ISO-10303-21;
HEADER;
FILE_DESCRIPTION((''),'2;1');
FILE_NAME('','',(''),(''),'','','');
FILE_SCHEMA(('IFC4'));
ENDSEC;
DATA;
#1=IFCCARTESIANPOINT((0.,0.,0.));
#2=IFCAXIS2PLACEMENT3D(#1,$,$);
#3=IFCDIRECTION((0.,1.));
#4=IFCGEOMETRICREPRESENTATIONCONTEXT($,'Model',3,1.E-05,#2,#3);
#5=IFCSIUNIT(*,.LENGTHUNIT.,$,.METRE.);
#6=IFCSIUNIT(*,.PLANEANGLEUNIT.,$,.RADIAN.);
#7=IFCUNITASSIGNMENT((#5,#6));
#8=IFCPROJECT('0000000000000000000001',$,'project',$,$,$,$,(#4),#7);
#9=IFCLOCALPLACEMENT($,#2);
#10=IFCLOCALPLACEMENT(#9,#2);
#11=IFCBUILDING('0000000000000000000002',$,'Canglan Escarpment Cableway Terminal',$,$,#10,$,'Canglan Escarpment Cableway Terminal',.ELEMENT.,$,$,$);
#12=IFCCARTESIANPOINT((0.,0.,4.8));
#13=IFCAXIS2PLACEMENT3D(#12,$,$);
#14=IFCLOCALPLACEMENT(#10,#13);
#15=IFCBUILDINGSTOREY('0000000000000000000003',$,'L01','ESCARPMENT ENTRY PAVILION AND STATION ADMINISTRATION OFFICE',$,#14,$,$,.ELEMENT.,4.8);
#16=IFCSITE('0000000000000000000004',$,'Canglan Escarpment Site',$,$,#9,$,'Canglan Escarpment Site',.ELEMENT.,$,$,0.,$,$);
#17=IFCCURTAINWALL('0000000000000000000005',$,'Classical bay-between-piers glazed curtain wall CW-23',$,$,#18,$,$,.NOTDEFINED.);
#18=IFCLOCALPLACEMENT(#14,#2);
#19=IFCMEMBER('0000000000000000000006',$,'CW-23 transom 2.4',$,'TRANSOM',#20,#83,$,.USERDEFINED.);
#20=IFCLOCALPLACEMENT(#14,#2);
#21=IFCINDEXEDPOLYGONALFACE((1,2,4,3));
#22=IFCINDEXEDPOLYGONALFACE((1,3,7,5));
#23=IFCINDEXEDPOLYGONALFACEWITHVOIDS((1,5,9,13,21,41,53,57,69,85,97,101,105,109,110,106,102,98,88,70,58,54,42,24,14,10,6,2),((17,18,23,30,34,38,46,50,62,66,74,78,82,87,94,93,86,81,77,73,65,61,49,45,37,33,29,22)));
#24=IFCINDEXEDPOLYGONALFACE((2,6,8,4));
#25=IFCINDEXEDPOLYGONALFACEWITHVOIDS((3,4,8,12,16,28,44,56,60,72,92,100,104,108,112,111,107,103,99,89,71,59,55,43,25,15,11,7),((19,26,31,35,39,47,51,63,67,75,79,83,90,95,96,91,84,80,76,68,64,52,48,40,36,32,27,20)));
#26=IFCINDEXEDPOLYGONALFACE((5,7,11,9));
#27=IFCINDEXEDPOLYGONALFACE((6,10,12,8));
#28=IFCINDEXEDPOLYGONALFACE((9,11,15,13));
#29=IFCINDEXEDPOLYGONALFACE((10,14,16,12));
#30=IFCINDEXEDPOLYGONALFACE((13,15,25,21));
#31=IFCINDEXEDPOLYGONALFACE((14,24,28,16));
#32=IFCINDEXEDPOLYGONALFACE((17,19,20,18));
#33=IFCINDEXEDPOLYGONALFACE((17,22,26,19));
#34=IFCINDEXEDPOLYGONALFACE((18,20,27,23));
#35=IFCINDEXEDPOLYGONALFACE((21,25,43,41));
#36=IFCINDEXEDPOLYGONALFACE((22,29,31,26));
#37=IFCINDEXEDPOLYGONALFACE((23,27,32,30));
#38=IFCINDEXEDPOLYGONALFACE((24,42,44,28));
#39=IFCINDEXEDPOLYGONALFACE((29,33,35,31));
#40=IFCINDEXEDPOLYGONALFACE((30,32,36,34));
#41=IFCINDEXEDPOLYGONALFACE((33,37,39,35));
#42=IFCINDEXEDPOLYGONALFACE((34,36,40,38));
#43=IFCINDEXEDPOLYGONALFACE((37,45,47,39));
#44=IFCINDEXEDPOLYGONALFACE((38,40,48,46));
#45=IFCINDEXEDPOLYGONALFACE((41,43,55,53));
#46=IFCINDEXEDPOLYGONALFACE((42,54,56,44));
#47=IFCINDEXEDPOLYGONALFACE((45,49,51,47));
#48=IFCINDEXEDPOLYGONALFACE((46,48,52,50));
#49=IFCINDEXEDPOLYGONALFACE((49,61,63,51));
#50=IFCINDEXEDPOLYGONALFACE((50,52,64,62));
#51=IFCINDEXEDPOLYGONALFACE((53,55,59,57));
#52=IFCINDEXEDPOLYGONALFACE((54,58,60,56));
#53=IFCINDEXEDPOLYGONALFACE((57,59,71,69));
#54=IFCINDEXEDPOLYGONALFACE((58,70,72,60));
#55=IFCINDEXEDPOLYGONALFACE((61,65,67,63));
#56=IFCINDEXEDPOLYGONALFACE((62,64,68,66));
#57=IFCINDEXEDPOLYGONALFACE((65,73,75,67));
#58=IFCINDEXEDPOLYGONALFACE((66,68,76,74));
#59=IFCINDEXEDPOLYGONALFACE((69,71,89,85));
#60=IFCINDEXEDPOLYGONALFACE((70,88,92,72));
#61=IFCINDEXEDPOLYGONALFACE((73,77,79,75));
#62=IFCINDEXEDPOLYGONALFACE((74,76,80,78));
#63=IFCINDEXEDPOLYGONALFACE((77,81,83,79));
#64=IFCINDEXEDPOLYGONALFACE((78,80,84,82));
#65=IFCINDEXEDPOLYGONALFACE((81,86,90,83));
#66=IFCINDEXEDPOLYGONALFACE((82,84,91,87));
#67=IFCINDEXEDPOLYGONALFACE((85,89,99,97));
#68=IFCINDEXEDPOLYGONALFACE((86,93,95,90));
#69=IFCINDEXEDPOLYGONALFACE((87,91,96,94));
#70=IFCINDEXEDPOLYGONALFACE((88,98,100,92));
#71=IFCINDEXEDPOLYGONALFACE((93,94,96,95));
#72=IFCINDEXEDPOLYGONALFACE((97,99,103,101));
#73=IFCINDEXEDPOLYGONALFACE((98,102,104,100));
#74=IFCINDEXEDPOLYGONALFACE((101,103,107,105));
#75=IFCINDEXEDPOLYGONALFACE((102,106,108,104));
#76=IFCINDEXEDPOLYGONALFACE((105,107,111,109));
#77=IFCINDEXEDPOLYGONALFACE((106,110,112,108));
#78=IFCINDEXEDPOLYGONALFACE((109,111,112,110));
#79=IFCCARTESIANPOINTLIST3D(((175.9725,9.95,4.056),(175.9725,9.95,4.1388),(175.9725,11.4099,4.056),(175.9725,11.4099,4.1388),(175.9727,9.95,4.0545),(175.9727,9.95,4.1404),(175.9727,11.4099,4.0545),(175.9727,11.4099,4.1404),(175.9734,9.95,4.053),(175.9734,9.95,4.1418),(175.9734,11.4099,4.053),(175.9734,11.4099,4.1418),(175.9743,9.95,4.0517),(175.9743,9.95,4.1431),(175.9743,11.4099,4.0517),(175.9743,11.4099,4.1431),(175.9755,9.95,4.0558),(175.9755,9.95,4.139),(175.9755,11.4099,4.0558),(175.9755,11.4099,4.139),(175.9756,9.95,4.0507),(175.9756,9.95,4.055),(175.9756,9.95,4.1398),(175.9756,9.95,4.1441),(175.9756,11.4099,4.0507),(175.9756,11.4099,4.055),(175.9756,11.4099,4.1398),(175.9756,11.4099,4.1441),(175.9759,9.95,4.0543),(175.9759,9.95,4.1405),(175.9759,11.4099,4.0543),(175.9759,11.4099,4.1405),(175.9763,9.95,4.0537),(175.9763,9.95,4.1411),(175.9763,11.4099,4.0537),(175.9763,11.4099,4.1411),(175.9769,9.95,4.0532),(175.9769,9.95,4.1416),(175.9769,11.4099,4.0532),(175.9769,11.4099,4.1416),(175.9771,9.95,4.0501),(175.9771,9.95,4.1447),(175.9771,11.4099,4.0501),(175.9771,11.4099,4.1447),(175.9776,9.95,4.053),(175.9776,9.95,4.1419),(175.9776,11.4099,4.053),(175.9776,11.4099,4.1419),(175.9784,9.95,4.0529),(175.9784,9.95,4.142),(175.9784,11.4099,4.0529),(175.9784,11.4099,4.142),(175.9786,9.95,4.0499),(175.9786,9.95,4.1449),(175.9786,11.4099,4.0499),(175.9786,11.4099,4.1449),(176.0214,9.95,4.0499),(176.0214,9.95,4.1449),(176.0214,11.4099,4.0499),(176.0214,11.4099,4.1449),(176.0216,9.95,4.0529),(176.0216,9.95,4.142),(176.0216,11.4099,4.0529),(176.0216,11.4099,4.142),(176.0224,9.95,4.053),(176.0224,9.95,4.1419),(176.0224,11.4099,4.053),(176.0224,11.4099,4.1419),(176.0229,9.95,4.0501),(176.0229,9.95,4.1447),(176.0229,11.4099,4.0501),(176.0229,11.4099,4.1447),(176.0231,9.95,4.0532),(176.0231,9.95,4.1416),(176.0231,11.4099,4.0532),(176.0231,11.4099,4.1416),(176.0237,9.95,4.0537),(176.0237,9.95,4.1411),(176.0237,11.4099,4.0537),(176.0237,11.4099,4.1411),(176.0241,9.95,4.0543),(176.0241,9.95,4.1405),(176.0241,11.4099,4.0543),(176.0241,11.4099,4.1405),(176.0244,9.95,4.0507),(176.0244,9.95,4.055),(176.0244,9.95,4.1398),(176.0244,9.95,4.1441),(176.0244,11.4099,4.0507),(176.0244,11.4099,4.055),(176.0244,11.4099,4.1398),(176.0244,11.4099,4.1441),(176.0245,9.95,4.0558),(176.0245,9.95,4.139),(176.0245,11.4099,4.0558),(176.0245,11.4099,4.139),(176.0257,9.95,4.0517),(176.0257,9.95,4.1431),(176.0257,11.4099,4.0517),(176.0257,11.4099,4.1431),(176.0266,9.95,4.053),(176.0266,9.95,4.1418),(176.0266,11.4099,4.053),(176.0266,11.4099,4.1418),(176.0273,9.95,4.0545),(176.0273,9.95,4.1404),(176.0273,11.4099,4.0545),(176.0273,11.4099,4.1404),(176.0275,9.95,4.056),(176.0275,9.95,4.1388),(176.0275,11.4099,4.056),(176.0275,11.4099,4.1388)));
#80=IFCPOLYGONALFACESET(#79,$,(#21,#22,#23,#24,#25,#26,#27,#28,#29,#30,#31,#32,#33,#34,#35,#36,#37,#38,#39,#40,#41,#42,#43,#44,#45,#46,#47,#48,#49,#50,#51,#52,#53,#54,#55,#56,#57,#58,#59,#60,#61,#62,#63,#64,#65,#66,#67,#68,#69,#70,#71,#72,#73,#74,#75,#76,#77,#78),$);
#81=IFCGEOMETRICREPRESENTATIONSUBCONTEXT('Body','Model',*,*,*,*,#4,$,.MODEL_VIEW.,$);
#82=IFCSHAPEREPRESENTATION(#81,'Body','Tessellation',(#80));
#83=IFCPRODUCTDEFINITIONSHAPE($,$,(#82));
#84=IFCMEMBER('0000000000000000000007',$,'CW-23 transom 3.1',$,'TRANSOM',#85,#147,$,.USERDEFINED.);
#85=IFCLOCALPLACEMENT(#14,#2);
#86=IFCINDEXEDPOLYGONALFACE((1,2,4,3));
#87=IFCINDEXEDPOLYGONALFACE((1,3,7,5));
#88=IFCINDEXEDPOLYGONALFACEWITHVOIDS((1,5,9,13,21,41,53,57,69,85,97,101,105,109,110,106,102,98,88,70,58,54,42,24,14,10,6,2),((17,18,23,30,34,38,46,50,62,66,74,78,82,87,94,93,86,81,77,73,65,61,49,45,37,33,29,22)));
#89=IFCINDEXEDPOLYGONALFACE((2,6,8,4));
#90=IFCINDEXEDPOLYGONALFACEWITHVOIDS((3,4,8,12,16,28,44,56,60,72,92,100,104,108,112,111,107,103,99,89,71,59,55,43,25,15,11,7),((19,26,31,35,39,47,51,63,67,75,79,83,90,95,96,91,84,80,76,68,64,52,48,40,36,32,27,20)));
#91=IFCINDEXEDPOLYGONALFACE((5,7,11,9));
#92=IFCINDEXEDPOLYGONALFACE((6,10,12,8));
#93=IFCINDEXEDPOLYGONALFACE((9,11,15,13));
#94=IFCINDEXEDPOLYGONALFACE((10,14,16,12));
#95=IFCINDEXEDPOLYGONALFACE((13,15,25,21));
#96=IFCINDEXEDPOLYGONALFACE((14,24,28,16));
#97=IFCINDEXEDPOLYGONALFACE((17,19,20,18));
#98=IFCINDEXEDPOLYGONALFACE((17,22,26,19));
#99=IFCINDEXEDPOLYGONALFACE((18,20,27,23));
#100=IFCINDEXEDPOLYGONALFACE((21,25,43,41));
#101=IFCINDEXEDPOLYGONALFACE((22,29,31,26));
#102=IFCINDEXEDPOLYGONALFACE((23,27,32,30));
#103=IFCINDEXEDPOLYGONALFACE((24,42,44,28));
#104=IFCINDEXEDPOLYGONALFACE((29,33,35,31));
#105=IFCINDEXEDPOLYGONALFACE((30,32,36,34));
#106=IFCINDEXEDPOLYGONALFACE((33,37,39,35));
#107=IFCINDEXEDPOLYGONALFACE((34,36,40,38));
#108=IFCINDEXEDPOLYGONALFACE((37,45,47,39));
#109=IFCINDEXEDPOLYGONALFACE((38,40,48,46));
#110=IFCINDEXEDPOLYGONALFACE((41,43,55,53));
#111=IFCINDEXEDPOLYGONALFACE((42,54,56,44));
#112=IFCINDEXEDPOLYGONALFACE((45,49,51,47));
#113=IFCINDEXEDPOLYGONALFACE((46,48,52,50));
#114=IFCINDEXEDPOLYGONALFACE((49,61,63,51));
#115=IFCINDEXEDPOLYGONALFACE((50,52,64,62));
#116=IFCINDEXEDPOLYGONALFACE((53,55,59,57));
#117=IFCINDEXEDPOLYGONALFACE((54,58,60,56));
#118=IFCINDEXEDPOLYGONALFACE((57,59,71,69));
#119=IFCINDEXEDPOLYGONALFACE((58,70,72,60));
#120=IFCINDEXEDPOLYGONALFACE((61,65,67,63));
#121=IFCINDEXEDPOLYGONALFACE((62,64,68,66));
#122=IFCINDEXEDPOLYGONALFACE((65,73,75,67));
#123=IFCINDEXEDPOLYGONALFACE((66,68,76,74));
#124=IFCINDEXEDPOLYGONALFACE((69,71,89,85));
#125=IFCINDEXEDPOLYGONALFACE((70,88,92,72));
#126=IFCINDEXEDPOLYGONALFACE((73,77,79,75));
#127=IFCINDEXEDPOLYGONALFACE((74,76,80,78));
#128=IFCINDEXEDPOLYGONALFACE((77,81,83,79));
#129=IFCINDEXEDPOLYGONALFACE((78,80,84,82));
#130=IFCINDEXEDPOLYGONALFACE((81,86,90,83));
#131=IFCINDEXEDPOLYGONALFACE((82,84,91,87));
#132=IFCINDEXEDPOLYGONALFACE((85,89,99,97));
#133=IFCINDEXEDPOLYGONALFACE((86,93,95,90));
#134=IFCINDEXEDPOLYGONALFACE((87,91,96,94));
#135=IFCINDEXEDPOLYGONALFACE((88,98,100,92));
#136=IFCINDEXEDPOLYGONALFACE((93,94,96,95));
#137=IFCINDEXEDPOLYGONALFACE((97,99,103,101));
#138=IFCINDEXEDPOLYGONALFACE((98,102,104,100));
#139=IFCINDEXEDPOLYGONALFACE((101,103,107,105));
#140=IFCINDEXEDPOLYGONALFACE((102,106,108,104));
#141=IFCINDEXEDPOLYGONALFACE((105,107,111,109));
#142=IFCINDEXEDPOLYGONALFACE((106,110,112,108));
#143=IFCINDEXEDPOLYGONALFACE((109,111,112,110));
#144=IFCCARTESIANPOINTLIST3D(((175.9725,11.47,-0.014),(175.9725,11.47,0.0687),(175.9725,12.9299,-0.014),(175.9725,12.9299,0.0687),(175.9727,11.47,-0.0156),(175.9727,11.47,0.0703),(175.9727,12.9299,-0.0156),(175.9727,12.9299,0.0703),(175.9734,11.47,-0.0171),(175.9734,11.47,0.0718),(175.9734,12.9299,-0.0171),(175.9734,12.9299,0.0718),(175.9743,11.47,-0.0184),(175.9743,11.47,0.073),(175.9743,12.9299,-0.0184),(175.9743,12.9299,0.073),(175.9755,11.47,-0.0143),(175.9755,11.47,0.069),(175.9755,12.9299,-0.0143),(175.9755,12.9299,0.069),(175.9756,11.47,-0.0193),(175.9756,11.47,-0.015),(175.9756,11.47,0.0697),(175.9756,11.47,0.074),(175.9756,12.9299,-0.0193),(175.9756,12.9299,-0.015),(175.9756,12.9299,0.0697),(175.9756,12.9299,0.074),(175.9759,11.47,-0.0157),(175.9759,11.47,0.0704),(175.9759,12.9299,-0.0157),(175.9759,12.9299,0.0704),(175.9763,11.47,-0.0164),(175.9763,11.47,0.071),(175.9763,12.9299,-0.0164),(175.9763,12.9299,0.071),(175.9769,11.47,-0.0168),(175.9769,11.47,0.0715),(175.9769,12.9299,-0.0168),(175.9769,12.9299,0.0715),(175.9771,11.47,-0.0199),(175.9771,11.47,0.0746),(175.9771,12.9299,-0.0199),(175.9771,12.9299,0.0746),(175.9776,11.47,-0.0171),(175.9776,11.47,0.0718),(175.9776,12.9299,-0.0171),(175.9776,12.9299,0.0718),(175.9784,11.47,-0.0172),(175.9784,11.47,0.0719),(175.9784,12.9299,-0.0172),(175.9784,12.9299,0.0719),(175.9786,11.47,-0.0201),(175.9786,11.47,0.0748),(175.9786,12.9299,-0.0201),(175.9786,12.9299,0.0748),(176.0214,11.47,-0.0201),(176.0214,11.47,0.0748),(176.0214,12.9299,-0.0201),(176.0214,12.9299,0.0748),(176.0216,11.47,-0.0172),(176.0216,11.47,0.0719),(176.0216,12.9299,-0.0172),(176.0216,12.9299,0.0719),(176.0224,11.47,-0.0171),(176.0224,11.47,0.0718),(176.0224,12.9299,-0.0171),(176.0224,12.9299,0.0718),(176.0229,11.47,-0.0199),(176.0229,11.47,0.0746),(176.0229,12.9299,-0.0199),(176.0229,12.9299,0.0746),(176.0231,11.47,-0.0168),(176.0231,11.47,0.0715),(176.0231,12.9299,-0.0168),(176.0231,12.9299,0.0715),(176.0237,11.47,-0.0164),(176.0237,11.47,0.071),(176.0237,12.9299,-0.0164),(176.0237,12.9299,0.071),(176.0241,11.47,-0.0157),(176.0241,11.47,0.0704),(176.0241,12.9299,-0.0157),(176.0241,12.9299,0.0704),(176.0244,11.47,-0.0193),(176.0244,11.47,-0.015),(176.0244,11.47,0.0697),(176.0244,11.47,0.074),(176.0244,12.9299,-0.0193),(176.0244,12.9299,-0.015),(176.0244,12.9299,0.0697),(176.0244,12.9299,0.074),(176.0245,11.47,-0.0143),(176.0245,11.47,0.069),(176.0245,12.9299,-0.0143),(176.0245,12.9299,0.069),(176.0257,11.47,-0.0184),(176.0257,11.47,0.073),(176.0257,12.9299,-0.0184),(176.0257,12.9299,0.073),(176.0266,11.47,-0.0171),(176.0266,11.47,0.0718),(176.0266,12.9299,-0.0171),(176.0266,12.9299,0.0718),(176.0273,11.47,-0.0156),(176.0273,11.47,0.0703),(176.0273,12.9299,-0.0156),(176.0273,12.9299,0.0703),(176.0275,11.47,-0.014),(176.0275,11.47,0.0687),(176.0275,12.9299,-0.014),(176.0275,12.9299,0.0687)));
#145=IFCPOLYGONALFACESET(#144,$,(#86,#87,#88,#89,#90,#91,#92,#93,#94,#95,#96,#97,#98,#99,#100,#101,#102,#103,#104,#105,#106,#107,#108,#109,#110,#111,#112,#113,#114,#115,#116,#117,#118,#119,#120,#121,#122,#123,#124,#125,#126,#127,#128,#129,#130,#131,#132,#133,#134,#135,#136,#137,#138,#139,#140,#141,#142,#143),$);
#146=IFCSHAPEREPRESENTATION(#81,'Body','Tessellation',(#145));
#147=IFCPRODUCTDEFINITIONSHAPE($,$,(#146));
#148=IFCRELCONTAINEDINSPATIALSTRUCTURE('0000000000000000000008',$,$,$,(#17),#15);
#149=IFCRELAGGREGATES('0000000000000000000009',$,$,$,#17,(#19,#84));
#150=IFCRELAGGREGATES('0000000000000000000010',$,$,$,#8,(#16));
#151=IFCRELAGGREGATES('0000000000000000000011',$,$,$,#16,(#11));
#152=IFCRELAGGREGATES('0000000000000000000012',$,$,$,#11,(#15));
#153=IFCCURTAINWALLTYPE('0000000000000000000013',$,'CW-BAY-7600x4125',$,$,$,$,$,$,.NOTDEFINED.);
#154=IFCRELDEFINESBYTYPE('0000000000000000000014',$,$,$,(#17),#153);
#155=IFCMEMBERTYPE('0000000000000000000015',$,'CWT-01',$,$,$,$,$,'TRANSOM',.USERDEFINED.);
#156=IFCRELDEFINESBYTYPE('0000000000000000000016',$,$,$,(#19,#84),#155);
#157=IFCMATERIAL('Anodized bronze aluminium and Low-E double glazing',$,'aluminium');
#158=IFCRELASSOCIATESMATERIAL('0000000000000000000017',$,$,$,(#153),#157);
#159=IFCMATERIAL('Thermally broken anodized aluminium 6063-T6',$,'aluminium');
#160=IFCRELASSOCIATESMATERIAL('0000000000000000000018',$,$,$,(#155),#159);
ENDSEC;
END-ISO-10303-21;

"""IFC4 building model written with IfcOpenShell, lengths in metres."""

from ifc_helpers import new_model, si_unit, direction, frame, origin, origin_2d, place, context, subcontext, project, spatial, hollow_rectangle, extrude, material, material_profile, profile_set, type_object, element, aggregate, save


model = new_model("IFC4")

# Units and contexts
model_context = context("Model", 3, precision=1e-05, world=origin(), true_north=direction((0.0, 1.0)))
body_context = subcontext(model_context, "Body", "Model", "MODEL_VIEW")
ifc_project = project(units=[si_unit("LENGTHUNIT", "METRE"), si_unit("PLANEANGLEUNIT", "RADIAN")], contexts=[model_context])

# Site, building, storey
site_placement = place(None, origin())
site = spatial("IfcSite", under=ifc_project, at=site_placement, Name="Canglan Escarpment Site", LongName="Canglan Escarpment Site", CompositionType="ELEMENT", RefElevation=0.0)
building_placement = place(site_placement, origin())
building = spatial("IfcBuilding", under=site, at=building_placement, Name="Canglan Escarpment Cableway Terminal", LongName="Canglan Escarpment Cableway Terminal", CompositionType="ELEMENT")
storey_placement = place(building_placement, frame((0.0, 0.0, 4.8)))
storey = spatial("IfcBuildingStorey", under=building, at=storey_placement, Name="L01", Description="ESCARPMENT ENTRY PAVILION AND STATION ADMINISTRATION OFFICE", CompositionType="ELEMENT", Elevation=4.8)

# Curtain wall, members
ifc_material_1 = material(Name="Anodized bronze aluminium and Low-E double glazing", Category="aluminium")
curtain_wall_type_1 = type_object("IfcCurtainWallType", Name="CW-BAY-7600x4125", PredefinedType="NOTDEFINED", material=ifc_material_1)
curtain_wall_1_placement = place(storey_placement, origin())
curtain_wall_1 = element("IfcCurtainWall", 1, at=curtain_wall_1_placement, inside=storey, type_object=curtain_wall_type_1, Name="Classical bay-between-piers glazed curtain wall CW-23", PredefinedType="NOTDEFINED")
ifc_material_2 = material(Name="Thermally broken anodized aluminium 6063-T6", Category="aluminium")
ifc_material_profile_1 = material_profile(ifc_material_2, hollow_rectangle(XDim=0.0549, YDim=0.095, WallThickness=0.0029, InnerFilletRadius=0.0029, OuterFilletRadius=0.0061, at=origin_2d()), Name="ALU-TRAN 55x95x3")
ifc_profile_set_1 = profile_set([ifc_material_profile_1], Name="Thermally broken anodized aluminium 6063-T6")
member_type_1 = type_object("IfcMemberType", Name="CWT-01", ElementType="TRANSOM", PredefinedType="USERDEFINED", material=ifc_profile_set_1)
member_1_placement = place(storey_placement, frame((176.0, 9.95, 4.0974), z_axis=(0.0, 1.0, 0.0), x_axis=(-1.0, 0.0, 0.0)))
member_1 = element("IfcMember", 2, at=member_1_placement, type_object=member_type_1, Name="CW-23 transom 2.4", ObjectType="TRANSOM", PredefinedType="USERDEFINED", context=body_context, shape_type="SweptSolid", body=[
    extrude(hollow_rectangle(XDim=0.0549, YDim=0.095, WallThickness=0.0029, InnerFilletRadius=0.0029, OuterFilletRadius=0.0061, at=origin_2d()), origin(), (0.0, 0.0, 1.0), 1.46),
])
member_2_placement = place(storey_placement, frame((176.0, 11.47, 0.0273), z_axis=(0.0, 1.0, 0.0), x_axis=(-1.0, 0.0, 0.0)))
member_2 = element("IfcMember", 3, at=member_2_placement, type_object=member_type_1, Name="CW-23 transom 3.1", ObjectType="TRANSOM", PredefinedType="USERDEFINED", context=body_context, shape_type="SweptSolid", body=[
    extrude(hollow_rectangle(XDim=0.0549, YDim=0.095, WallThickness=0.0029, InnerFilletRadius=0.0029, OuterFilletRadius=0.0061, at=origin_2d()), origin(), (0.0, 0.0, 1.0), 1.46),
])

aggregate(curtain_wall_1, [member_1, member_2])

save(model, "model.ifc")
